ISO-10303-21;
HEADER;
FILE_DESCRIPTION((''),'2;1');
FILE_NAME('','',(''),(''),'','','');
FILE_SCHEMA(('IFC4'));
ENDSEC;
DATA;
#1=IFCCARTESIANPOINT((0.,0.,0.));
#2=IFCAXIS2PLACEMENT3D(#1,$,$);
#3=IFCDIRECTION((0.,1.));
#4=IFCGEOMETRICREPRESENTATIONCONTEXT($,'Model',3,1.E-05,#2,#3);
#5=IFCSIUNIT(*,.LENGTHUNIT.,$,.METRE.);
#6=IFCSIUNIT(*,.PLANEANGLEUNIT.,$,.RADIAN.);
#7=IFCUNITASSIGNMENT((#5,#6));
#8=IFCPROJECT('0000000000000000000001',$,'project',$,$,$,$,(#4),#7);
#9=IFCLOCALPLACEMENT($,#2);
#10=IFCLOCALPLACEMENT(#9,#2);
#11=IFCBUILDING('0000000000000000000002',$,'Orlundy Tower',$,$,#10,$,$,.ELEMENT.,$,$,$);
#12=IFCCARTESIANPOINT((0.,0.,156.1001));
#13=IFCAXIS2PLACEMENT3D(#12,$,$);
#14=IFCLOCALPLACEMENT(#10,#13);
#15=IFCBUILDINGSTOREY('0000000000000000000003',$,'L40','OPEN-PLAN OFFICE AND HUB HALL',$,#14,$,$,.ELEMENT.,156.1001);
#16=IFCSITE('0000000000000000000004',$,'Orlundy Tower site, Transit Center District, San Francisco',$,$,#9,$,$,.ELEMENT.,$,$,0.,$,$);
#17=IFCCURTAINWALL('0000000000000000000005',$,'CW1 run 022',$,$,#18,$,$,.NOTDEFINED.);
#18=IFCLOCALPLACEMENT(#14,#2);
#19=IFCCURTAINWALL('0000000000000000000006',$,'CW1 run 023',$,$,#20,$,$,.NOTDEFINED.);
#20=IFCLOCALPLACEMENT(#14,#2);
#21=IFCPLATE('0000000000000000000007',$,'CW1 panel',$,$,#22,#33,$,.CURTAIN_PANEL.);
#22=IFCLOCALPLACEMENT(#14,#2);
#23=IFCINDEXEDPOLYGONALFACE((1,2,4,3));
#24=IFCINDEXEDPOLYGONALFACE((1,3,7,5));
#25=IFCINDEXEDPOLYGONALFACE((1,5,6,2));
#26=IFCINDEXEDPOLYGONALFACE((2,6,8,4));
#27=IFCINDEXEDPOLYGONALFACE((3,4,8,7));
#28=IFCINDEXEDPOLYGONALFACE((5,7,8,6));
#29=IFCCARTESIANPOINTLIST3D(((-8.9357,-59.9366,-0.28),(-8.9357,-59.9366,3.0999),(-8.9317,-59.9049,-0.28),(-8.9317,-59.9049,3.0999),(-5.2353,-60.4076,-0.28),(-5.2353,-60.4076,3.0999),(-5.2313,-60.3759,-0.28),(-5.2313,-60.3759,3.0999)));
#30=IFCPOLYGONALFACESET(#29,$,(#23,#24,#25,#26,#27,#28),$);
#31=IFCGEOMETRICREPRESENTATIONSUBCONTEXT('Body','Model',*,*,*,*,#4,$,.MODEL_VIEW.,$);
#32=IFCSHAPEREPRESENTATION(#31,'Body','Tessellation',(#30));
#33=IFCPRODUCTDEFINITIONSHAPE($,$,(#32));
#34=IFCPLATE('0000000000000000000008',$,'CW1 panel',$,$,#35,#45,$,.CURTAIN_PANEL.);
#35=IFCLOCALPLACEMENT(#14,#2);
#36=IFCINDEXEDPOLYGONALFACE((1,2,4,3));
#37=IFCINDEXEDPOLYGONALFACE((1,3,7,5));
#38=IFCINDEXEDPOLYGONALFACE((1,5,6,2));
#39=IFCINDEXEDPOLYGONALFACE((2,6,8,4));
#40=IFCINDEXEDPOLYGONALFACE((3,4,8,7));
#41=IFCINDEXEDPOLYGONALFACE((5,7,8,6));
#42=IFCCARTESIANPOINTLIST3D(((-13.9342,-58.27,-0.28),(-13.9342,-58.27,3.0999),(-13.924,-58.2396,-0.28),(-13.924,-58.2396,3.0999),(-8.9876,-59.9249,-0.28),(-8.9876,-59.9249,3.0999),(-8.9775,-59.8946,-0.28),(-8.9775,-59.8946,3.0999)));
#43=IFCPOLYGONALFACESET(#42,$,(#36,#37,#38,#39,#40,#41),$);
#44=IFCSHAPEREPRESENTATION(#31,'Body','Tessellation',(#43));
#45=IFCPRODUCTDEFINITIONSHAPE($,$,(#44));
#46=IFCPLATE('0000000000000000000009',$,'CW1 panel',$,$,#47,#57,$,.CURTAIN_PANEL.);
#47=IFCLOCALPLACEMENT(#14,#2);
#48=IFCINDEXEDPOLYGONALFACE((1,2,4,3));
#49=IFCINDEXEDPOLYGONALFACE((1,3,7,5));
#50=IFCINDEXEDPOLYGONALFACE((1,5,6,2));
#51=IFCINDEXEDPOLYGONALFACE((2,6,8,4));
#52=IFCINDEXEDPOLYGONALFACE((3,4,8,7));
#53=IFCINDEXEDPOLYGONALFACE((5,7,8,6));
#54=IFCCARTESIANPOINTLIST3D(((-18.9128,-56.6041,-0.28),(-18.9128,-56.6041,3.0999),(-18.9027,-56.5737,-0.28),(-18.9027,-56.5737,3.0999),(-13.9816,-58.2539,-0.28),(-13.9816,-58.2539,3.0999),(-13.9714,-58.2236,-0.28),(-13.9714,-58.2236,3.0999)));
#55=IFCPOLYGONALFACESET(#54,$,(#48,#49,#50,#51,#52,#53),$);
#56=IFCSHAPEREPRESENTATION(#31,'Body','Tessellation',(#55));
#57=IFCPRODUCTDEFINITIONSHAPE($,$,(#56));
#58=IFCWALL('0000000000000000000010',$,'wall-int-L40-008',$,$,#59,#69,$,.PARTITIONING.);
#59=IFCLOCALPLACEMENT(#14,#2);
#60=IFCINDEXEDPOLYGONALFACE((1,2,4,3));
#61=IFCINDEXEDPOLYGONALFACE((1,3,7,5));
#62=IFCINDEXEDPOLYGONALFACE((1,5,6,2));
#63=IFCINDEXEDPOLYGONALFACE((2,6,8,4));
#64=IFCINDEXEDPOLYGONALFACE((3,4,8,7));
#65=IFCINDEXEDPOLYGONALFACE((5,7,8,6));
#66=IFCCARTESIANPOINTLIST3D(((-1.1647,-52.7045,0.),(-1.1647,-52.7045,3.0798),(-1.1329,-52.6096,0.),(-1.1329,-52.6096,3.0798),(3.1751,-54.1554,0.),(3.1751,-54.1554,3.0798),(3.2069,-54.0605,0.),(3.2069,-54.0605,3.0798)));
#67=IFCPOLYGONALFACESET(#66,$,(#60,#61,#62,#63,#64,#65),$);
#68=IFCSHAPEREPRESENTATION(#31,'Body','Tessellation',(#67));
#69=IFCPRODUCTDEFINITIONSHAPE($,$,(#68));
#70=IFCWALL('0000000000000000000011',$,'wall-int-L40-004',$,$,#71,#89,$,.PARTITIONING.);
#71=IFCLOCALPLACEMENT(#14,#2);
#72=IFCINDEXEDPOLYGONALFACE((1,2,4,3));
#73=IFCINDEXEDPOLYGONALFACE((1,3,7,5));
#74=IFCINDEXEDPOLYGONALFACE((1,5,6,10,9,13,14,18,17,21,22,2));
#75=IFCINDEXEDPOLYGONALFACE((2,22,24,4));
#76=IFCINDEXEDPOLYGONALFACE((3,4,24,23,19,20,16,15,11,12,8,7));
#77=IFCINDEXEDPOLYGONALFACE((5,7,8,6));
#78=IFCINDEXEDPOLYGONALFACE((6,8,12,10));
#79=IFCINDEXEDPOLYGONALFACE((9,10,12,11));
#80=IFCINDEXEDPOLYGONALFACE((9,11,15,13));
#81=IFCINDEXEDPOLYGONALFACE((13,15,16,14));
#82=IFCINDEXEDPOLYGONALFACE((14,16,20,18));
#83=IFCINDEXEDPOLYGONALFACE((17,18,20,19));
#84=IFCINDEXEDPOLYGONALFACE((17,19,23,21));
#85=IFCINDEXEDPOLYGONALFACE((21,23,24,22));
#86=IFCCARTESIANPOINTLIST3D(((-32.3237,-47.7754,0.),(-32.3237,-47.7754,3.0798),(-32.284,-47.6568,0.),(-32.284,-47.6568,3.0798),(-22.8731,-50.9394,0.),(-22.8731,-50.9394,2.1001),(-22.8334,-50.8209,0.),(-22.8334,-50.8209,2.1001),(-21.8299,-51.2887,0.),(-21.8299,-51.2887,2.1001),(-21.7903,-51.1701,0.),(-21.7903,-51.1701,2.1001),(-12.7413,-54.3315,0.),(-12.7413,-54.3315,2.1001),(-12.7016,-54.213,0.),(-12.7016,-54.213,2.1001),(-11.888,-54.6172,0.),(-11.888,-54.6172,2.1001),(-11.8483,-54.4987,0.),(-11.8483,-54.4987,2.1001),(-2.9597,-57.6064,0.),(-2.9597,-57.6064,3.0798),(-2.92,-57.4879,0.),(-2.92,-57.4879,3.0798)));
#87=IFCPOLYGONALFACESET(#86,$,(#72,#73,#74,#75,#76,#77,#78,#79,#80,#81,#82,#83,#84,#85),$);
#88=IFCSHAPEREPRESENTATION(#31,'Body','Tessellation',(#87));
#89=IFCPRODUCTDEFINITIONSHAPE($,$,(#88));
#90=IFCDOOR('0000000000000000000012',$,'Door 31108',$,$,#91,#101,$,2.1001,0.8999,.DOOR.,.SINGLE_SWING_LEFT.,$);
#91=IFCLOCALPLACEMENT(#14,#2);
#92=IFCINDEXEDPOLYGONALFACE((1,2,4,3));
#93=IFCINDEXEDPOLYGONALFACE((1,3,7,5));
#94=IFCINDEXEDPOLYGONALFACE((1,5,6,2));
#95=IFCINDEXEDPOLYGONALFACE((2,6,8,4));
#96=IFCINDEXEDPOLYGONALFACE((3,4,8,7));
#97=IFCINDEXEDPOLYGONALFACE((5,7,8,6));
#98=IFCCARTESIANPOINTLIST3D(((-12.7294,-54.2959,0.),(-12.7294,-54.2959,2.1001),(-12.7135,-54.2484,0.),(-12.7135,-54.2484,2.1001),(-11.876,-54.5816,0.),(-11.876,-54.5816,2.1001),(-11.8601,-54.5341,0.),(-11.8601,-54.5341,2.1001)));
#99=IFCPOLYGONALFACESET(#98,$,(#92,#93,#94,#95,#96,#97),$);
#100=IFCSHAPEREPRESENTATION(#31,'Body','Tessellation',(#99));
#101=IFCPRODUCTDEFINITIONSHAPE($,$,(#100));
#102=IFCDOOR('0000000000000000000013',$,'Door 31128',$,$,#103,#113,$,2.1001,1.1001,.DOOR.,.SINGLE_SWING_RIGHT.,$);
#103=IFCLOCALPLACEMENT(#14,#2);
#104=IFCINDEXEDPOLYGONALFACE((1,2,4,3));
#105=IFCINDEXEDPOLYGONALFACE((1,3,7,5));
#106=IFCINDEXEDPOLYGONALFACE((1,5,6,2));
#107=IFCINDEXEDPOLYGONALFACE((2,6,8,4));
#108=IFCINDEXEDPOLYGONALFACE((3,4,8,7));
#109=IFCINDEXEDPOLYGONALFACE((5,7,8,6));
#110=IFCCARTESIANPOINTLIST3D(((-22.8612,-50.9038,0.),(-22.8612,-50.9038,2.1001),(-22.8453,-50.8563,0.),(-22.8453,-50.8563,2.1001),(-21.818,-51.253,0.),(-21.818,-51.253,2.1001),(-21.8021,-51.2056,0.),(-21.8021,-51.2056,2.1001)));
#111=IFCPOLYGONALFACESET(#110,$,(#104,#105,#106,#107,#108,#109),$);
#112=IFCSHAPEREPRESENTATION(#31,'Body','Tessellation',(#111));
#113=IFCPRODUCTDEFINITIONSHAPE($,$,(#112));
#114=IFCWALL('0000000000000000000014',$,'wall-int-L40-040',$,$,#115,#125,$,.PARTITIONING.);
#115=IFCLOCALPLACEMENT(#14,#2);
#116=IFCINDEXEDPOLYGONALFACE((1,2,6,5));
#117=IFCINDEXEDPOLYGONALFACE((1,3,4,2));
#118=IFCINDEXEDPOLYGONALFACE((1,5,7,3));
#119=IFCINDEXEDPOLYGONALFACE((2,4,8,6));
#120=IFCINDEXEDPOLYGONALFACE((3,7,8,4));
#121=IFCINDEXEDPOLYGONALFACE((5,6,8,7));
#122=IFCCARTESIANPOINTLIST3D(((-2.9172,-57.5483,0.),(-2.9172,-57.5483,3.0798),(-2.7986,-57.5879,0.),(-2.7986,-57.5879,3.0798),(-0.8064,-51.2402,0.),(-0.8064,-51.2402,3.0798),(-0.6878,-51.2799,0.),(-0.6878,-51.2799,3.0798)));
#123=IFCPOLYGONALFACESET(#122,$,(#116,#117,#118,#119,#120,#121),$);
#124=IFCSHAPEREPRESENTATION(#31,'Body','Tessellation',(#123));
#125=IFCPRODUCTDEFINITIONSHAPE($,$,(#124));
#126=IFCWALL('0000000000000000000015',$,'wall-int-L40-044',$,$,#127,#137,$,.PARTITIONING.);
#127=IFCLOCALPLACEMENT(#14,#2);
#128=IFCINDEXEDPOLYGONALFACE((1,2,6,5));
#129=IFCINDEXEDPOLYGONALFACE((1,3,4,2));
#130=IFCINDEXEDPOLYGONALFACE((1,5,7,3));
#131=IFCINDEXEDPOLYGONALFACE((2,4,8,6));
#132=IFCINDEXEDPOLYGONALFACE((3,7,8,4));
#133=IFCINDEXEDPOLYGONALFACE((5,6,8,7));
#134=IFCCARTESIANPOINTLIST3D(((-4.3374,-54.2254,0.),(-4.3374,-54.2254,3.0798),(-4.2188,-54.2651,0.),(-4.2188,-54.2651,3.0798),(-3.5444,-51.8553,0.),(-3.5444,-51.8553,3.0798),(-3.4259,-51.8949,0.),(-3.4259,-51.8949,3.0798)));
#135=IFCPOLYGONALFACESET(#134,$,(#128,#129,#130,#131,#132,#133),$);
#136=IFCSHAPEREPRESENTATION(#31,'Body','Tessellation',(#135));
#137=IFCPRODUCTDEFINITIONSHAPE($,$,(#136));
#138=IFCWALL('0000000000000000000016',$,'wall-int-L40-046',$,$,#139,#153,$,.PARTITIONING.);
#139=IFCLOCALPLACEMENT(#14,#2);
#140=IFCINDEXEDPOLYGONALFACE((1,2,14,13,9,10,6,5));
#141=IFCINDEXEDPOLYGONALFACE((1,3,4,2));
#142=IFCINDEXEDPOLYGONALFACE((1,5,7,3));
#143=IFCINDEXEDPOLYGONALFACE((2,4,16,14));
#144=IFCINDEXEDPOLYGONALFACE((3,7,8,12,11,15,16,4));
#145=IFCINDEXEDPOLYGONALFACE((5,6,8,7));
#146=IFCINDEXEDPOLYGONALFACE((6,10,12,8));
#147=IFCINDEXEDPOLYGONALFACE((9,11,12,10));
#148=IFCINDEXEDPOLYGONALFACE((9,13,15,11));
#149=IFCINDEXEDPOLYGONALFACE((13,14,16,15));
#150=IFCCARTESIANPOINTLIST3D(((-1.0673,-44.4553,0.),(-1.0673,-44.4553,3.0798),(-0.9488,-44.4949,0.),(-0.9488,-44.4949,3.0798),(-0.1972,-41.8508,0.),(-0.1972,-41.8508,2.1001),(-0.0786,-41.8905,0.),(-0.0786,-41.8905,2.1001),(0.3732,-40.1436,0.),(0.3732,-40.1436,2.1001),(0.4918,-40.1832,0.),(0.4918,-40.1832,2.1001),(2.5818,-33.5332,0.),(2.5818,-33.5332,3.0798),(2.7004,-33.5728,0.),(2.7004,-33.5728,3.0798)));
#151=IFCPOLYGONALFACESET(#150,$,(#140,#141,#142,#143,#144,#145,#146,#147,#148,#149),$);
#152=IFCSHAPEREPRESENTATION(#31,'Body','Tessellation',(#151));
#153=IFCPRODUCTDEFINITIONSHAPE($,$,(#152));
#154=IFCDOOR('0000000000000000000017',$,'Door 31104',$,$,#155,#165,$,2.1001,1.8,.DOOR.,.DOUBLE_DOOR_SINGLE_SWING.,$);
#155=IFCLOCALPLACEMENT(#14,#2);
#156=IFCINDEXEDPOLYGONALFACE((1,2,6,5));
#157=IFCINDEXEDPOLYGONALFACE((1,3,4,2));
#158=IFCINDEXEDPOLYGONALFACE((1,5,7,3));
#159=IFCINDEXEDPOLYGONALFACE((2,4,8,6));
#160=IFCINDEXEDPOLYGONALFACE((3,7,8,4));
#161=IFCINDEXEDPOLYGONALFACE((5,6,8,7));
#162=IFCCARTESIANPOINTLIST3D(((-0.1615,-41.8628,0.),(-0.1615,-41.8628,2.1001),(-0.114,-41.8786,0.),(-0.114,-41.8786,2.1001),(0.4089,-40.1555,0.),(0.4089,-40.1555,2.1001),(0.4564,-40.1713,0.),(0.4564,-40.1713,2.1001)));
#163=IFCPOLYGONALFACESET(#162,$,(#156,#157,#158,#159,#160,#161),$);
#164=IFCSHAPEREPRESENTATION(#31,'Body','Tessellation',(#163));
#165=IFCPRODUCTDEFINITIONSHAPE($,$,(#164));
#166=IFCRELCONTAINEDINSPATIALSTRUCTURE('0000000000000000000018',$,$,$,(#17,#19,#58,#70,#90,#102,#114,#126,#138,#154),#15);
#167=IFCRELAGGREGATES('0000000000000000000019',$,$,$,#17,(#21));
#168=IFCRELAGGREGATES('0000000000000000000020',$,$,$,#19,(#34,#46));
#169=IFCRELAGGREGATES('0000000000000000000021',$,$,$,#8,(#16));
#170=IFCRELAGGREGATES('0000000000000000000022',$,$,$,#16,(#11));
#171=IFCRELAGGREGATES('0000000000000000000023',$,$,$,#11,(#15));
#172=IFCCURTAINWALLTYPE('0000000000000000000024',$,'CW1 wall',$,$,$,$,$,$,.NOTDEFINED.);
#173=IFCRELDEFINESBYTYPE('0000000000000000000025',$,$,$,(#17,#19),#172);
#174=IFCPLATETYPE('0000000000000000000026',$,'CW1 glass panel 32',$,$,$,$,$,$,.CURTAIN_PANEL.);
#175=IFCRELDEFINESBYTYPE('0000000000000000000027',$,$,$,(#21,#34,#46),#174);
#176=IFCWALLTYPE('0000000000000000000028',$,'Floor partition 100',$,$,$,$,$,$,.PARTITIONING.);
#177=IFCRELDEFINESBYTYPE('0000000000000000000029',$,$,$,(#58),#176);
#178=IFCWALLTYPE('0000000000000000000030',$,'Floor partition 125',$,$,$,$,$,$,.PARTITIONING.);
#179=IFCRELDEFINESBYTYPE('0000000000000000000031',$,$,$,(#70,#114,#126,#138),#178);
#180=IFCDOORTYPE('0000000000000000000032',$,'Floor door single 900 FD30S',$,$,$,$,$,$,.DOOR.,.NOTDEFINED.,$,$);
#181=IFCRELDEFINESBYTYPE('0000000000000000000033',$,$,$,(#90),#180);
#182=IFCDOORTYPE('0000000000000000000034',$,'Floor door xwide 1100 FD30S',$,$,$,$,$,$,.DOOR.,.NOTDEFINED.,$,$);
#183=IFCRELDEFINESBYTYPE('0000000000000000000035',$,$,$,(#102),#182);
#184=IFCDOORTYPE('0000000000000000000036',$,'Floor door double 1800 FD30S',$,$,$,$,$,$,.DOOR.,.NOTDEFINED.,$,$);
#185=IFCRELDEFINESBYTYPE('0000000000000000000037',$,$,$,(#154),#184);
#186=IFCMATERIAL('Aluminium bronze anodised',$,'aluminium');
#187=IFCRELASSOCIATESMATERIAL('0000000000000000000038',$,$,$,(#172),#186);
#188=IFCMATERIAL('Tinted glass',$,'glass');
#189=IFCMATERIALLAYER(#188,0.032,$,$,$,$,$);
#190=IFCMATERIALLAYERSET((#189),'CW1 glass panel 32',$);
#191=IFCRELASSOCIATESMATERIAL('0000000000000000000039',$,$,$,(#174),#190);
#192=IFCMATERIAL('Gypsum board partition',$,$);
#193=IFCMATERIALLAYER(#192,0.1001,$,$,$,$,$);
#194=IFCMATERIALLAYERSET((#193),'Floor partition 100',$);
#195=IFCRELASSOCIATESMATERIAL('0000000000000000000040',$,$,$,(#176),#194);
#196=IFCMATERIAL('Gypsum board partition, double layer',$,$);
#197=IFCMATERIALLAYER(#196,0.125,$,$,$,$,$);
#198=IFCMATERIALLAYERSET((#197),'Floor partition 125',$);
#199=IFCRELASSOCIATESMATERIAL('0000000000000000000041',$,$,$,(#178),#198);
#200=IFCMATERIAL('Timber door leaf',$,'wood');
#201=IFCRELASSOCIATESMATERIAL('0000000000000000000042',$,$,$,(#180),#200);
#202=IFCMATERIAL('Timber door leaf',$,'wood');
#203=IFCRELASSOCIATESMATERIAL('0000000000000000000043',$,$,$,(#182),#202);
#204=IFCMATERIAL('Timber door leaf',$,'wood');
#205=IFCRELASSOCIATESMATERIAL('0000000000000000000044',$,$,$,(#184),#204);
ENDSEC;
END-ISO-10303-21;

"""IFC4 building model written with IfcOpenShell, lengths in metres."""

from ifc_helpers import new_model, si_unit, direction, frame, frame_2d, origin, origin_2d, place, context, subcontext, project, spatial, rectangle, extrude, material, layer, layer_set, type_object, element, fill, aggregate, save


model = new_model("IFC4")

# Units and contexts
model_context = context("Model", 3, precision=1e-05, world=origin(), true_north=direction((0.0, 1.0)))
body_context = subcontext(model_context, "Body", "Model", "MODEL_VIEW")
ifc_project = project(units=[si_unit("LENGTHUNIT", "METRE"), si_unit("PLANEANGLEUNIT", "RADIAN")], contexts=[model_context])

# Site, building, storey
site_placement = place(None, origin())
site = spatial("IfcSite", under=ifc_project, at=site_placement, Name="Orlundy Tower site, Transit Center District, San Francisco", CompositionType="ELEMENT", RefElevation=0.0)
building_placement = place(site_placement, origin())
building = spatial("IfcBuilding", under=site, at=building_placement, Name="Orlundy Tower", CompositionType="ELEMENT")
storey_placement = place(building_placement, frame((0.0, 0.0, 156.1001)))
storey = spatial("IfcBuildingStorey", under=building, at=storey_placement, Name="L40", Description="OPEN-PLAN OFFICE AND HUB HALL", CompositionType="ELEMENT", Elevation=156.1001)

# Curtain wall
ifc_material_1 = material(Name="Aluminium bronze anodised", Category="aluminium")
curtain_wall_type = type_object("IfcCurtainWallType", Name="CW1 wall", PredefinedType="NOTDEFINED", material=ifc_material_1)
curtain_wall_1_placement = place(storey_placement, origin())
curtain_wall_1 = element("IfcCurtainWall", 1, at=curtain_wall_1_placement, inside=storey, type_object=curtain_wall_type, Name="CW1 run 022", PredefinedType="NOTDEFINED")

# Curtain wall
curtain_wall_2_placement = place(storey_placement, origin())
curtain_wall_2 = element("IfcCurtainWall", 2, at=curtain_wall_2_placement, inside=storey, type_object=curtain_wall_type, Name="CW1 run 023", PredefinedType="NOTDEFINED")

# Shared definitions
ifc_material_2 = material(Name="Tinted glass", Category="glass")
ifc_layer_1 = layer(ifc_material_2, 0.032)
ifc_layer_set_1 = layer_set([ifc_layer_1], Name="CW1 glass panel 32")
plate_type = type_object("IfcPlateType", Name="CW1 glass panel 32", PredefinedType="CURTAIN_PANEL", material=ifc_layer_set_1)

# Plates
plate_1_placement = place(storey_placement, frame((-7.0835, -60.1562, -0.28), z_axis=(0.0, 0.0, 1.0), x_axis=(-0.991997, 0.126259, 0.0)))
plate_1 = element("IfcPlate", 3, at=plate_1_placement, type_object=plate_type, Name="CW1 panel", PredefinedType="CURTAIN_PANEL", context=body_context, shape_type="SweptSolid", body=[
    extrude(rectangle(XDim=3.7302, YDim=0.032, at=origin_2d()), origin(), (0.0, 0.0, 1.0), 3.3799),
])
aggregate(curtain_wall_1, [plate_1])
plate_2_placement = place(storey_placement, frame((-11.4558, -59.0823, -0.28), z_axis=(0.0, 0.0, 1.0), x_axis=(-0.94833, 0.317285, 0.0)))
plate_2 = element("IfcPlate", 4, at=plate_2_placement, type_object=plate_type, Name="CW1 panel", PredefinedType="CURTAIN_PANEL", context=body_context, shape_type="SweptSolid", body=[
    extrude(rectangle(XDim=5.2161, YDim=0.032, at=origin_2d()), origin(), (0.0, 0.0, 1.0), 3.3799),
])
plate_3_placement = place(storey_placement, frame((-16.4421, -57.4138, -0.28), z_axis=(0.0, 0.0, 1.0), x_axis=(-0.94833, 0.317285, 0.0)))
plate_3 = element("IfcPlate", 5, at=plate_3_placement, type_object=plate_type, Name="CW1 panel", PredefinedType="CURTAIN_PANEL", context=body_context, shape_type="SweptSolid", body=[
    extrude(rectangle(XDim=5.2, YDim=0.032, at=origin_2d()), origin(), (0.0, 0.0, 1.0), 3.3799),
])
aggregate(curtain_wall_2, [plate_2, plate_3])

# Wall
ifc_material_3 = material(Name="Gypsum board partition")
ifc_layer_2 = layer(ifc_material_3, 0.1001)
ifc_layer_set_2 = layer_set([ifc_layer_2], Name="Floor partition 100")
wall_type_1 = type_object("IfcWallType", Name="Floor partition 100", PredefinedType="PARTITIONING", material=ifc_layer_set_2)
wall_1_placement = place(storey_placement, frame((-1.1489, -52.657, 0.0), z_axis=(0.0, 0.0, 1.0), x_axis=(0.9484, -0.317076, 0.0)))
element("IfcWall", 6, at=wall_1_placement, inside=storey, type_object=wall_type_1, Name="wall-int-L40-008", PredefinedType="PARTITIONING", context=body_context, shape_type="SweptSolid", body=[
    extrude(rectangle(XDim=4.5759, YDim=0.1001, at=frame_2d((2.2881, 0.0))), origin(), (0.0, 0.0, 1.0), 3.0798),
])

# Wall, openings, doors
ifc_material_4 = material(Name="Gypsum board partition, double layer")
ifc_layer_3 = layer(ifc_material_4, 0.125)
ifc_layer_set_3 = layer_set([ifc_layer_3], Name="Floor partition 125")
wall_type_2 = type_object("IfcWallType", Name="Floor partition 125", PredefinedType="PARTITIONING", material=ifc_layer_set_3)
wall_2_placement = place(storey_placement, frame((-2.9399, -57.5471, 0.0), z_axis=(0.0, 0.0, 1.0), x_axis=(-0.948265, 0.317479, 0.0)))
wall_2 = element("IfcWall", 7, at=wall_2_placement, inside=storey, type_object=wall_type_2, Name="wall-int-L40-004", PredefinedType="PARTITIONING", context=body_context, shape_type="SweptSolid", body=[
    extrude(rectangle(XDim=30.9661, YDim=0.125, at=frame_2d((15.4829, 0.0))), origin(), (0.0, 0.0, 1.0), 3.0798),
])
opening_1_placement = place(wall_2_placement, frame((9.4153, 0.0, 0.0)))
opening_1 = element("IfcOpeningElement", 8, at=opening_1_placement, cuts=wall_2, PredefinedType="OPENING", context=body_context, shape_type="SweptSolid", body=[
    extrude(rectangle(XDim=0.8999, YDim=2.1001, at=frame_2d((0.45, 1.05))), frame((0.0, 0.0725, 0.0), z_axis=(0.0, -1.0, 0.0), x_axis=(1.0, 0.0, 0.0)), (0.0, 0.0, 1.0), 0.145),
])
opening_2_placement = place(wall_2_placement, frame((19.8997, 0.0, 0.0)))
opening_2 = element("IfcOpeningElement", 9, at=opening_2_placement, cuts=wall_2, PredefinedType="OPENING", context=body_context, shape_type="SweptSolid", body=[
    extrude(rectangle(XDim=1.1001, YDim=2.1001, at=frame_2d((0.55, 1.05))), frame((0.0, 0.0725, 0.0), z_axis=(0.0, -1.0, 0.0), x_axis=(1.0, 0.0, 0.0)), (0.0, 0.0, 1.0), 0.145),
])
ifc_material_5 = material(Name="Timber door leaf", Category="wood")
door_type_1 = type_object("IfcDoorType", Name="Floor door single 900 FD30S", OperationType="NOTDEFINED", PredefinedType="DOOR", material=ifc_material_5)
door_1_placement = place(opening_1_placement, origin())
door_1 = element("IfcDoor", 10, at=door_1_placement, inside=storey, type_object=door_type_1, Name="Door 31108", OperationType="SINGLE_SWING_LEFT", OverallHeight=2.1001, OverallWidth=0.8999, PredefinedType="DOOR", context=body_context, shape_type="SweptSolid", body=[
    extrude(rectangle(XDim=0.8999, YDim=2.1001, at=frame_2d((0.45, 1.05))), frame((0.0, 0.0249, 0.0), z_axis=(0.0, -1.0, 0.0), x_axis=(1.0, 0.0, 0.0)), (0.0, 0.0, 1.0), 0.05),
])
fill(opening_1, door_1)
ifc_material_6 = material(Name="Timber door leaf", Category="wood")
door_type_2 = type_object("IfcDoorType", Name="Floor door xwide 1100 FD30S", OperationType="NOTDEFINED", PredefinedType="DOOR", material=ifc_material_6)
door_2_placement = place(opening_2_placement, origin())
door_2 = element("IfcDoor", 11, at=door_2_placement, inside=storey, type_object=door_type_2, Name="Door 31128", OperationType="SINGLE_SWING_RIGHT", OverallHeight=2.1001, OverallWidth=1.1001, PredefinedType="DOOR", context=body_context, shape_type="SweptSolid", body=[
    extrude(rectangle(XDim=1.1001, YDim=2.1001, at=frame_2d((0.55, 1.05))), frame((0.0, 0.0249, 0.0), z_axis=(0.0, -1.0, 0.0), x_axis=(1.0, 0.0, 0.0)), (0.0, 0.0, 1.0), 0.05),
])
fill(opening_2, door_2)

# Walls
wall_3_placement = place(storey_placement, frame((-2.8579, -57.5681, 0.0), z_axis=(0.0, 0.0, 1.0), x_axis=(0.317329, 0.948316, 0.0)))
element("IfcWall", 12, at=wall_3_placement, inside=storey, type_object=wall_type_2, Name="wall-int-L40-040", PredefinedType="PARTITIONING", context=body_context, shape_type="SweptSolid", body=[
    extrude(rectangle(XDim=6.6519, YDim=0.125, at=frame_2d((3.3259, 0.0))), origin(), (0.0, 0.0, 1.0), 3.0798),
])
wall_4_placement = place(storey_placement, frame((-4.2781, -54.2451, 0.0), z_axis=(0.0, 0.0, 1.0), x_axis=(0.317283, 0.948331, 0.0)))
element("IfcWall", 13, at=wall_4_placement, inside=storey, type_object=wall_type_2, Name="wall-int-L40-044", PredefinedType="PARTITIONING", context=body_context, shape_type="SweptSolid", body=[
    extrude(rectangle(XDim=2.4993, YDim=0.125, at=frame_2d((1.2495, 0.0))), origin(), (0.0, 0.0, 1.0), 3.0798),
])

# Wall, opening, door
wall_5_placement = place(storey_placement, frame((-1.0081, -44.4751, 0.0), z_axis=(0.0, 0.0, 1.0), x_axis=(0.316889, 0.948463, 0.0)))
wall_5 = element("IfcWall", 14, at=wall_5_placement, inside=storey, type_object=wall_type_2, Name="wall-int-L40-046", PredefinedType="PARTITIONING", context=body_context, shape_type="SweptSolid", body=[
    extrude(rectangle(XDim=11.5156, YDim=0.125, at=frame_2d((5.7578, 0.0))), origin(), (0.0, 0.0, 1.0), 3.0798),
])
opening_3_placement = place(wall_5_placement, frame((2.7461, 0.0, 0.0)))
opening_3 = element("IfcOpeningElement", 15, at=opening_3_placement, cuts=wall_5, PredefinedType="OPENING", context=body_context, shape_type="SweptSolid", body=[
    extrude(rectangle(XDim=1.8, YDim=2.1001, at=frame_2d((0.8999, 1.05))), frame((0.0, 0.0725, 0.0), z_axis=(0.0, -1.0, 0.0), x_axis=(1.0, 0.0, 0.0)), (0.0, 0.0, 1.0), 0.145),
])
ifc_material_7 = material(Name="Timber door leaf", Category="wood")
door_type_3 = type_object("IfcDoorType", Name="Floor door double 1800 FD30S", OperationType="NOTDEFINED", PredefinedType="DOOR", material=ifc_material_7)
door_3_placement = place(opening_3_placement, origin())
door_3 = element("IfcDoor", 16, at=door_3_placement, inside=storey, type_object=door_type_3, Name="Door 31104", OperationType="DOUBLE_DOOR_SINGLE_SWING", OverallHeight=2.1001, OverallWidth=1.8, PredefinedType="DOOR", context=body_context, shape_type="SweptSolid", body=[
    extrude(rectangle(XDim=1.8, YDim=2.1001, at=frame_2d((0.8999, 1.05))), frame((0.0, 0.0249, 0.0), z_axis=(0.0, -1.0, 0.0), x_axis=(1.0, 0.0, 0.0)), (0.0, 0.0, 1.0), 0.05),
])
fill(opening_3, door_3)

save(model, "model.ifc")
